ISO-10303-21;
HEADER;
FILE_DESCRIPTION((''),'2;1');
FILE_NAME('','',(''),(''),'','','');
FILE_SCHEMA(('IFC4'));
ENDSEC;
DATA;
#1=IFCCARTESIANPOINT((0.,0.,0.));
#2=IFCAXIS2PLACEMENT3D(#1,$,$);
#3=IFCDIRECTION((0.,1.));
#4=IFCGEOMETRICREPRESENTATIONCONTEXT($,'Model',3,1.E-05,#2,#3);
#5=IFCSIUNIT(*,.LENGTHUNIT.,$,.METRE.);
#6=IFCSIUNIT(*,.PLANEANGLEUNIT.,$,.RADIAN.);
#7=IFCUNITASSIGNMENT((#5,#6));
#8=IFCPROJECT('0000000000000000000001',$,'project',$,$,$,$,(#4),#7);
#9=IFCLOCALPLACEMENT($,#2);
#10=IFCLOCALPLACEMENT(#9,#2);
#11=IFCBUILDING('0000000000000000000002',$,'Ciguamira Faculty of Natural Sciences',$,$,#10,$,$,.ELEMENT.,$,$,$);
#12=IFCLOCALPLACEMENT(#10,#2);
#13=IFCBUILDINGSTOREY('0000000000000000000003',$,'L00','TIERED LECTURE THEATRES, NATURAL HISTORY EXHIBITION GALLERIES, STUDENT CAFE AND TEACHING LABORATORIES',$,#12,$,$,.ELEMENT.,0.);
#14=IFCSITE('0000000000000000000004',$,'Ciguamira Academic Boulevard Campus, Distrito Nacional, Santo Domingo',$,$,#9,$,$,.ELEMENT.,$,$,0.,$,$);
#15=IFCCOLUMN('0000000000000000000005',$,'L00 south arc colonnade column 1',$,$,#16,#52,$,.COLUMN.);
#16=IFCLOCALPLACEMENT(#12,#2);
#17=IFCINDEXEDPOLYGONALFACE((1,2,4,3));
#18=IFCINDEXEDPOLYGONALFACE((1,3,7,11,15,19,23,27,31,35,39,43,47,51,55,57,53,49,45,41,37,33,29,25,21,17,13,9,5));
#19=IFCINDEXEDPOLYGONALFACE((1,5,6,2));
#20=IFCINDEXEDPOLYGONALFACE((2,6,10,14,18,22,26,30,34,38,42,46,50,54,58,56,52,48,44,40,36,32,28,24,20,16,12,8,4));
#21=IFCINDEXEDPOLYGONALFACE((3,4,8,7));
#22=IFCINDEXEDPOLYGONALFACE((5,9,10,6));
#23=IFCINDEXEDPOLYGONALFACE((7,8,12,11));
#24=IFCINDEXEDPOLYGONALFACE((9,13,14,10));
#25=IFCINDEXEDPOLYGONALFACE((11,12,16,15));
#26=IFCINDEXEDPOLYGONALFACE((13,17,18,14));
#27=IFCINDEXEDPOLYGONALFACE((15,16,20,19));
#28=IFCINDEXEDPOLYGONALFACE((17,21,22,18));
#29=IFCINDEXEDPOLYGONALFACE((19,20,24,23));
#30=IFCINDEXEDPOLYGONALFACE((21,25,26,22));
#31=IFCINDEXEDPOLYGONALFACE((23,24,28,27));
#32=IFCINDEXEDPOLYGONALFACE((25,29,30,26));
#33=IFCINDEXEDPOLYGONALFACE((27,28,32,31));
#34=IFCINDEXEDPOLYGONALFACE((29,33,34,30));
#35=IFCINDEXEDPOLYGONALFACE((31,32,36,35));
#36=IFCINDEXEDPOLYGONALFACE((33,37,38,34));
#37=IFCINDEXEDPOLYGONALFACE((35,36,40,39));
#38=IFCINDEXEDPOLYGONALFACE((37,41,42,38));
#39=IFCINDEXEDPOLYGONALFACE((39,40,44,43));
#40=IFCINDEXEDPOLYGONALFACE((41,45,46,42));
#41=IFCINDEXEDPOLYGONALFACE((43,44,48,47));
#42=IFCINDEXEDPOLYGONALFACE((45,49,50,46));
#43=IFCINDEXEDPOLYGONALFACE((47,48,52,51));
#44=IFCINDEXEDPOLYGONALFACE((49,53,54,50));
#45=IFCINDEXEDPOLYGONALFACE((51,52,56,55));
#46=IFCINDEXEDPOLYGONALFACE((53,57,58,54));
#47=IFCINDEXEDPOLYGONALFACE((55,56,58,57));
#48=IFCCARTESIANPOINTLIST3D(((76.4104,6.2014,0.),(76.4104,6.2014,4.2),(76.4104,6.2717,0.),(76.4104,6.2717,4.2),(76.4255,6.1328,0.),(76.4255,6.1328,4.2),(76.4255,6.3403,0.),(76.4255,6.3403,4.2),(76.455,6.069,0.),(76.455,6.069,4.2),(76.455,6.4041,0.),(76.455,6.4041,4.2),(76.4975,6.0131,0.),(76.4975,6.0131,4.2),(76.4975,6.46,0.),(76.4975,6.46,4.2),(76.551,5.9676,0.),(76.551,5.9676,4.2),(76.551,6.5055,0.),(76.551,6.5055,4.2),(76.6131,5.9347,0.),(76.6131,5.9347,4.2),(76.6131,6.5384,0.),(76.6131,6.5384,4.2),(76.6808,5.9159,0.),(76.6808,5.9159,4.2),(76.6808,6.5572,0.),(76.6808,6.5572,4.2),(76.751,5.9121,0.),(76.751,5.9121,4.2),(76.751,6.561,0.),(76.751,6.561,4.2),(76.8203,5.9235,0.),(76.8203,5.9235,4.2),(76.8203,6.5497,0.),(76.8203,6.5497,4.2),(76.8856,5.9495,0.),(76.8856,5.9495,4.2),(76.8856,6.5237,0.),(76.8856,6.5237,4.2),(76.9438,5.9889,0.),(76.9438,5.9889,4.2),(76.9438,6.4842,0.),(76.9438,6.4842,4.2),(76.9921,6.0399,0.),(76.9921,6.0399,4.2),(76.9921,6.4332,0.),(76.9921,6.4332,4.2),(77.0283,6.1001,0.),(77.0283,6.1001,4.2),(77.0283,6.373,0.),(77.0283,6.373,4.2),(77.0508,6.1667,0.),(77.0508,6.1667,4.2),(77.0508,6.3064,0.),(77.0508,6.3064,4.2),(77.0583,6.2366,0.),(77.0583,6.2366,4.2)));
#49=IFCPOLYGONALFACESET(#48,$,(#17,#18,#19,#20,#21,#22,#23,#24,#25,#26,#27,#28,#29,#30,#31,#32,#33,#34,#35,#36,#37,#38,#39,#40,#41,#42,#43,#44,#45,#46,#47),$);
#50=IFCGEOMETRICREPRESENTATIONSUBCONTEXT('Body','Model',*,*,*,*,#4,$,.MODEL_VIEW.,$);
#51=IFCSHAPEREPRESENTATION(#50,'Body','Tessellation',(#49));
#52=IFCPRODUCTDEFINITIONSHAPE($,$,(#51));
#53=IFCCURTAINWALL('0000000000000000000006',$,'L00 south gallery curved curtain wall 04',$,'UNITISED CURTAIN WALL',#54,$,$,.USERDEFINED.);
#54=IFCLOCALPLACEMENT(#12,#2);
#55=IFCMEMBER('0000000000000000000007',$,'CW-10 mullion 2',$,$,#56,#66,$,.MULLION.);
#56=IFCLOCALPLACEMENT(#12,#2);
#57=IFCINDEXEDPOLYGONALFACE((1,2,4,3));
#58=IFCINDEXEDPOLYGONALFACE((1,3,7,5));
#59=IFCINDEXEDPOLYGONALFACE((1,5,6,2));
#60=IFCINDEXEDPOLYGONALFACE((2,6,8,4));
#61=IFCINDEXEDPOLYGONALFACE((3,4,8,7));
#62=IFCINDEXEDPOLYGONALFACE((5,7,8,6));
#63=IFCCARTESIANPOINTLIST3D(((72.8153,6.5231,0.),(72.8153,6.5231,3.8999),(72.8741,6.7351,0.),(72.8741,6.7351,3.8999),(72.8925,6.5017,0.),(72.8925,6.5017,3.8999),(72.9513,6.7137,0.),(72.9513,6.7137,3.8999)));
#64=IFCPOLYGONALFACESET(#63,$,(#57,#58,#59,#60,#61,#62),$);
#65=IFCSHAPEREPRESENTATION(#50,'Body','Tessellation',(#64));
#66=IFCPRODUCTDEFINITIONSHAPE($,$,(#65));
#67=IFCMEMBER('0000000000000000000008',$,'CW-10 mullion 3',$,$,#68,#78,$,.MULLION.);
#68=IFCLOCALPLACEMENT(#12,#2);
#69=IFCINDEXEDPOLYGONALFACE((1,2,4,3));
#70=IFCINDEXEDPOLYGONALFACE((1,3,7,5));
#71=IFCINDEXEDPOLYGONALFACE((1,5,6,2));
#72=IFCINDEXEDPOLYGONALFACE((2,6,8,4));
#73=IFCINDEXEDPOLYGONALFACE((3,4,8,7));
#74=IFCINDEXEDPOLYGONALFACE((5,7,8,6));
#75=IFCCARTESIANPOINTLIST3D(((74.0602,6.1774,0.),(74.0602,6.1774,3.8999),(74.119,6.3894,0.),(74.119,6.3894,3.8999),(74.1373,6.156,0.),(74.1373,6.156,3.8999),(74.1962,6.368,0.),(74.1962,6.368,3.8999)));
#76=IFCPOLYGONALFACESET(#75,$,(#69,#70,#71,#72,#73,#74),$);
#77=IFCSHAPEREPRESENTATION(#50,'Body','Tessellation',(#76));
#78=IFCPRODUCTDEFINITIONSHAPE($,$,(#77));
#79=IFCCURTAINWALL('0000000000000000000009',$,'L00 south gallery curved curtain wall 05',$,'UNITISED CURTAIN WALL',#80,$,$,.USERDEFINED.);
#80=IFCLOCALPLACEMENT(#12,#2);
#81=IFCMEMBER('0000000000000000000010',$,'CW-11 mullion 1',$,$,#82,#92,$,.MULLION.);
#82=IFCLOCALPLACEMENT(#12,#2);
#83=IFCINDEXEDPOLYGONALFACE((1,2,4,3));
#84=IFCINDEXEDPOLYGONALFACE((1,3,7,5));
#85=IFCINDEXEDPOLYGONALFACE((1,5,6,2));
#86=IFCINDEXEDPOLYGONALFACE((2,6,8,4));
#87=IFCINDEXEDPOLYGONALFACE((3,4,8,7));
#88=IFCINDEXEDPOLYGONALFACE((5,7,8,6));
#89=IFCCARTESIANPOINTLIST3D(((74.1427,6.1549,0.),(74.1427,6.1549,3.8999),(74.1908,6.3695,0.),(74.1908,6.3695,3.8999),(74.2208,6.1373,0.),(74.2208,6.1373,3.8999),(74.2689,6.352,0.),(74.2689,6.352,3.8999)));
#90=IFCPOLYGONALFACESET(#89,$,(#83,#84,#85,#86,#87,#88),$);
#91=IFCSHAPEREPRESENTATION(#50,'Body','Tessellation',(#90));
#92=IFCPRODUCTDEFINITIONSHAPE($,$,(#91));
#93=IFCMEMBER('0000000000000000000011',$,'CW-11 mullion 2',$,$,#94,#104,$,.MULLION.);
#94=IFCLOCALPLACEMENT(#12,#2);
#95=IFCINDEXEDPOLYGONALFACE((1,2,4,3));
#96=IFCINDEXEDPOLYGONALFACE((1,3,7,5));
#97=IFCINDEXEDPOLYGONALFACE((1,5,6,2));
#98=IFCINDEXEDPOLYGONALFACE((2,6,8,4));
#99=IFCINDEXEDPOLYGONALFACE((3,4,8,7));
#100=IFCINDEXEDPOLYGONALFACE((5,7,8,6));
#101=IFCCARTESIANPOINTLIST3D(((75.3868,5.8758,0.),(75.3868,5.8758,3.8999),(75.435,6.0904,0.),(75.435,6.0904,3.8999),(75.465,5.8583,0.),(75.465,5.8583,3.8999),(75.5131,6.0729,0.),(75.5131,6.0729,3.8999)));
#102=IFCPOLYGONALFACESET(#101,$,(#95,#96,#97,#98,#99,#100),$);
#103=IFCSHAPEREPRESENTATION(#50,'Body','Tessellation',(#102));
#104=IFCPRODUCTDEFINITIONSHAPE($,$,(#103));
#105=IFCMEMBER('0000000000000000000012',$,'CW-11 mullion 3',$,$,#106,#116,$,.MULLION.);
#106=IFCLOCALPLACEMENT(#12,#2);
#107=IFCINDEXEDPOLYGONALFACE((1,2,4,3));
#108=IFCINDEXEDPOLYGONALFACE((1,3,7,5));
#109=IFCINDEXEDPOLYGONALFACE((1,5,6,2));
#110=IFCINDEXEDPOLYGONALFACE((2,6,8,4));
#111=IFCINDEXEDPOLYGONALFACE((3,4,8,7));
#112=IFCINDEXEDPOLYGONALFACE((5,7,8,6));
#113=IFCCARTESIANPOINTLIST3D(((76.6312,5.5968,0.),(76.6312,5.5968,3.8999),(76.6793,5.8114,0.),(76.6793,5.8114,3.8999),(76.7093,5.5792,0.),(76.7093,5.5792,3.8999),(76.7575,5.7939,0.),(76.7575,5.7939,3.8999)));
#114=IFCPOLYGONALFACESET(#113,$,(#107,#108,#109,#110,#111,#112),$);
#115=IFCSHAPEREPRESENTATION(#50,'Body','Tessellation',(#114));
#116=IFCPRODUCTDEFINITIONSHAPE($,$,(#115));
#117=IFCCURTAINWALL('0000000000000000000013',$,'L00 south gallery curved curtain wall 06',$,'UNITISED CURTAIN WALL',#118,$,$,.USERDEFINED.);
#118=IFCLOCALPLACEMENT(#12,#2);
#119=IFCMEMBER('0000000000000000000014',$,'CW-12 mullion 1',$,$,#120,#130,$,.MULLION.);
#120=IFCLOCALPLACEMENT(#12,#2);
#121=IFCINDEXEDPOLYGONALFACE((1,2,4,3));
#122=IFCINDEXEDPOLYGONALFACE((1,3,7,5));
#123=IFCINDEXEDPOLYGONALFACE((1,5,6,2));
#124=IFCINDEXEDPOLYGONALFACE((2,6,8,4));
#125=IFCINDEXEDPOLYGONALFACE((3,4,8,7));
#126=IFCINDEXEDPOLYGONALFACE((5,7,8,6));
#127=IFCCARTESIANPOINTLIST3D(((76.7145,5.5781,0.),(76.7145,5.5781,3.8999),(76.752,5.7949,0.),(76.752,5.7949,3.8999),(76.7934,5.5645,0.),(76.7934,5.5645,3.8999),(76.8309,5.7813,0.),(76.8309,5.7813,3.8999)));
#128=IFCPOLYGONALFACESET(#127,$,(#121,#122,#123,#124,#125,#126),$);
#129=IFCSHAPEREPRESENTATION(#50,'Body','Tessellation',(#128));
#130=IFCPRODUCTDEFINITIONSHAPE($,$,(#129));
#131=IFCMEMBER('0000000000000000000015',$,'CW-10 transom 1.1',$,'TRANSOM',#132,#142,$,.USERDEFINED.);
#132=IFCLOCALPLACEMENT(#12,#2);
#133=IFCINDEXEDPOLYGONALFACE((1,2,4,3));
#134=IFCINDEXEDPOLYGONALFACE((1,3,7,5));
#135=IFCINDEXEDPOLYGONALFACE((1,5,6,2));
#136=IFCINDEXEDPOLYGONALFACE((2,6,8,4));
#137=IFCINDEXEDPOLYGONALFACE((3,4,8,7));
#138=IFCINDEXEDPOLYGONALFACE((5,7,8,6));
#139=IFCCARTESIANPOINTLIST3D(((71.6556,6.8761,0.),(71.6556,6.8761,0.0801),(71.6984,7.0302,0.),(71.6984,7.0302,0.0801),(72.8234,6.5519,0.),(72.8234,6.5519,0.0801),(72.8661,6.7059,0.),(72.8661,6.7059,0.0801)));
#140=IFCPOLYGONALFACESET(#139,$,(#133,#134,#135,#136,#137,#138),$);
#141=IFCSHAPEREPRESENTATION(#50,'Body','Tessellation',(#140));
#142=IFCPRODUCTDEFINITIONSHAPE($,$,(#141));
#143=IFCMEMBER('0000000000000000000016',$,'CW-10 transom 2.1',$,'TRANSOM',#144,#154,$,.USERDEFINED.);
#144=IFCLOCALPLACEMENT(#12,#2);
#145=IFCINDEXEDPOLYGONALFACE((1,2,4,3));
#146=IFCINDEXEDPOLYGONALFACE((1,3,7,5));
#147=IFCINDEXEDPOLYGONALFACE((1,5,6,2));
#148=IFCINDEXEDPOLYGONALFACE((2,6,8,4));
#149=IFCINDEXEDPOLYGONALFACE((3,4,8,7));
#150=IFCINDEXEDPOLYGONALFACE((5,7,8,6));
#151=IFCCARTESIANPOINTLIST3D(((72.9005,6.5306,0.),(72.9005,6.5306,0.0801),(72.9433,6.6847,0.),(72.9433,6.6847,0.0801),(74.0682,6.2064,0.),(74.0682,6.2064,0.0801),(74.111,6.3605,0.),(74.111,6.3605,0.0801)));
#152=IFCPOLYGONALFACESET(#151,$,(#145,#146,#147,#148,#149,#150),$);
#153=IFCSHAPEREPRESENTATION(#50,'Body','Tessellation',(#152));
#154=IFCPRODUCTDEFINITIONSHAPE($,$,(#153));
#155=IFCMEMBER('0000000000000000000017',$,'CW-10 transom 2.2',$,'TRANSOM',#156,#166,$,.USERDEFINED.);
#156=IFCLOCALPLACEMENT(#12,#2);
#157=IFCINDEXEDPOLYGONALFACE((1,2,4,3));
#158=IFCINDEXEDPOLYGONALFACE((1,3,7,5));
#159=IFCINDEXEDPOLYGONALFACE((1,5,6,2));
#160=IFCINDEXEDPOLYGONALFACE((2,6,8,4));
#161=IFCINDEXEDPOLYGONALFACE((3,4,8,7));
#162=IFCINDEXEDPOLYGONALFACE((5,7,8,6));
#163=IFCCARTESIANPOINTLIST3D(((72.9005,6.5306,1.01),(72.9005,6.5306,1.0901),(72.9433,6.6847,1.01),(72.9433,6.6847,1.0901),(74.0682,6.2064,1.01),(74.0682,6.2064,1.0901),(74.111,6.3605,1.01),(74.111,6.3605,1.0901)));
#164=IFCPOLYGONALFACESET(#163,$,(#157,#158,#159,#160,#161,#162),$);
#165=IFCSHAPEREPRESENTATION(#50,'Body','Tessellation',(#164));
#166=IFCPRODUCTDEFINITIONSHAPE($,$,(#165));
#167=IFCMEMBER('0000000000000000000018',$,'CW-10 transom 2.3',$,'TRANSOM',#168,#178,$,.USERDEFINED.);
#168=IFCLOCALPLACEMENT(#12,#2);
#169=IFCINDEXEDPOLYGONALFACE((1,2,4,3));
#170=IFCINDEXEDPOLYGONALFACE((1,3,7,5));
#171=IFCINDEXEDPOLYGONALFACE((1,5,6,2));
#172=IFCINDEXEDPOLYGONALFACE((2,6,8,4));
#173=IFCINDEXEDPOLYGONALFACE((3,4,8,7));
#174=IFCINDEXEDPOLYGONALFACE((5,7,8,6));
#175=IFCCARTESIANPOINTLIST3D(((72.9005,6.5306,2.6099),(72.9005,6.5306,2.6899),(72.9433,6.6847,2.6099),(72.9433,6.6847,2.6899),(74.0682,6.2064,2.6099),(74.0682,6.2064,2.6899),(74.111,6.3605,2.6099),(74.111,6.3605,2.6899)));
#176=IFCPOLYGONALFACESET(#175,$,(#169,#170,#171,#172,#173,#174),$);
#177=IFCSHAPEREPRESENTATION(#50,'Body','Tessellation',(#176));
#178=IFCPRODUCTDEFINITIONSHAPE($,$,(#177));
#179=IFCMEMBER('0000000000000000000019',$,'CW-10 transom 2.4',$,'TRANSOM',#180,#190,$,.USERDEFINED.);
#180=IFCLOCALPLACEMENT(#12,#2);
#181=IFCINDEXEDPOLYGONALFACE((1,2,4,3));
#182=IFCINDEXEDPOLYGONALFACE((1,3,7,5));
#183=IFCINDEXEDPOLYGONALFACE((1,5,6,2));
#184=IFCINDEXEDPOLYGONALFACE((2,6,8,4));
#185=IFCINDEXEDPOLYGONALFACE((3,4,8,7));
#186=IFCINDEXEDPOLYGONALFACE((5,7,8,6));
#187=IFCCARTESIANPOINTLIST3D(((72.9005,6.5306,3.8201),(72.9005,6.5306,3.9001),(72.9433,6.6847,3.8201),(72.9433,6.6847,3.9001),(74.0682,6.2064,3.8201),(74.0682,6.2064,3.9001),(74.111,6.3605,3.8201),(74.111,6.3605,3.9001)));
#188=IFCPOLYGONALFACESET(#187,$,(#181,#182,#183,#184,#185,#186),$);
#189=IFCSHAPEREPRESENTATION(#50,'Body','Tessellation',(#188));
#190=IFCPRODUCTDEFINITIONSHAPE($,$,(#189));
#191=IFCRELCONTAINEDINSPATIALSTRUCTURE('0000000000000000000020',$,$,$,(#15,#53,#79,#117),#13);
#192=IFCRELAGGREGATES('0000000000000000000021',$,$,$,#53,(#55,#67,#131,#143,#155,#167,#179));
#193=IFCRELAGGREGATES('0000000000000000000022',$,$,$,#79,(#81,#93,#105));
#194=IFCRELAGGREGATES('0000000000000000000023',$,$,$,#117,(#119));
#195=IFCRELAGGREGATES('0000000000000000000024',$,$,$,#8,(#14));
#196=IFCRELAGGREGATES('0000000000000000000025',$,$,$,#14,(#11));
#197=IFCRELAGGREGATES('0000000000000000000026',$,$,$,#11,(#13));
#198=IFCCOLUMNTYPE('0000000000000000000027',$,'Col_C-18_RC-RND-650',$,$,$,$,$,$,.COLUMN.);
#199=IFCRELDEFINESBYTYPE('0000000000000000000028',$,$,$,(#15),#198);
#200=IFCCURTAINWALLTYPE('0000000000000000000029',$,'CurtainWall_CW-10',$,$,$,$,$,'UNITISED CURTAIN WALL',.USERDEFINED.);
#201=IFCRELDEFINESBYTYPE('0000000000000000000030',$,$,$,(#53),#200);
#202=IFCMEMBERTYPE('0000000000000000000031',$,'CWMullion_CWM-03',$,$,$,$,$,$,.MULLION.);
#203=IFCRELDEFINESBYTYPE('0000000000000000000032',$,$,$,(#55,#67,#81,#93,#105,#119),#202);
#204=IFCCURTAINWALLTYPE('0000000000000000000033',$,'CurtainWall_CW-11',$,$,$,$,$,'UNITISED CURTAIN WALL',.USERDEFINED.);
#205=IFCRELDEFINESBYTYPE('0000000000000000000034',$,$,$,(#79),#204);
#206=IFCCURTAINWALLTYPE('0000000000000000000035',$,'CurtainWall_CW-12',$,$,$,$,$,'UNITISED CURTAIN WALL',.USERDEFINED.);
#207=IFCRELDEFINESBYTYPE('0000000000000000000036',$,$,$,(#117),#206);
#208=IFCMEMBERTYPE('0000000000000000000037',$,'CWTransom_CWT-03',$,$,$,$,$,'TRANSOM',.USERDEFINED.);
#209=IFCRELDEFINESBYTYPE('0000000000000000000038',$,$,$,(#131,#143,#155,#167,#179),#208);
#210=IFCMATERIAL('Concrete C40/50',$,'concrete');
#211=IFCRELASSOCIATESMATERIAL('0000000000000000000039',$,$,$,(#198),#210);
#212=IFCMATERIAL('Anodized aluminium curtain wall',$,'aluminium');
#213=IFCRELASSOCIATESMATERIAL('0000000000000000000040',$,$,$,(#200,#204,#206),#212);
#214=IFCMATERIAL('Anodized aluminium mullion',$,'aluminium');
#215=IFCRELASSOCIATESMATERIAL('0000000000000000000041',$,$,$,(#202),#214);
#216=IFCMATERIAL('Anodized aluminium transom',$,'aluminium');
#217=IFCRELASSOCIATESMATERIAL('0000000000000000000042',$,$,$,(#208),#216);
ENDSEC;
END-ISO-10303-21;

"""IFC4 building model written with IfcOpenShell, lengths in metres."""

from ifc_helpers import new_model, si_unit, direction, frame, origin, origin_2d, place, context, subcontext, project, spatial, rectangle, circle, extrude, material, material_profile, profile_set, type_object, element, aggregate, save


model = new_model("IFC4")

# Units and contexts
model_context = context("Model", 3, precision=1e-05, world=origin(), true_north=direction((0.0, 1.0)))
body_context = subcontext(model_context, "Body", "Model", "MODEL_VIEW")
ifc_project = project(units=[si_unit("LENGTHUNIT", "METRE"), si_unit("PLANEANGLEUNIT", "RADIAN")], contexts=[model_context])

# Site, building, storey
site_placement = place(None, origin())
site = spatial("IfcSite", under=ifc_project, at=site_placement, Name="Ciguamira Academic Boulevard Campus, Distrito Nacional, Santo Domingo", CompositionType="ELEMENT", RefElevation=0.0)
building_placement = place(site_placement, origin())
building = spatial("IfcBuilding", under=site, at=building_placement, Name="Ciguamira Faculty of Natural Sciences", CompositionType="ELEMENT")
storey_placement = place(building_placement, origin())
storey = spatial("IfcBuildingStorey", under=building, at=storey_placement, Name="L00", Description="TIERED LECTURE THEATRES, NATURAL HISTORY EXHIBITION GALLERIES, STUDENT CAFE AND TEACHING LABORATORIES", CompositionType="ELEMENT", Elevation=0.0)

# Column
ifc_material_1 = material(Name="Concrete C40/50", Category="concrete")
ifc_material_profile_1 = material_profile(ifc_material_1, circle(Radius=0.325, at=origin_2d()), Name="RC-RND-650")
ifc_profile_set_1 = profile_set([ifc_material_profile_1], Name="Concrete C40/50")
column_type = type_object("IfcColumnType", Name="Col_C-18_RC-RND-650", PredefinedType="COLUMN", material=ifc_profile_set_1)
column_placement = place(storey_placement, frame((76.7334, 6.2366, 0.0), z_axis=(0.0, 0.0, 1.0), x_axis=(1.0, 0.0, 0.0)))
element("IfcColumn", 1, at=column_placement, inside=storey, type_object=column_type, Name="L00 south arc colonnade column 1", PredefinedType="COLUMN", context=body_context, shape_type="SweptSolid", body=[
    extrude(circle(Radius=0.325, at=origin_2d()), origin(), (0.0, 0.0, 1.0), 4.2),
])

# Curtain walls, members
ifc_material_2 = material(Name="Anodized aluminium curtain wall", Category="aluminium")
curtain_wall_type_1 = type_object("IfcCurtainWallType", Name="CurtainWall_CW-10", ElementType="UNITISED CURTAIN WALL", PredefinedType="USERDEFINED", material=ifc_material_2)
curtain_wall_1_placement = place(storey_placement, origin())
curtain_wall_1 = element("IfcCurtainWall", 2, at=curtain_wall_1_placement, inside=storey, type_object=curtain_wall_type_1, Name="L00 south gallery curved curtain wall 04", ObjectType="UNITISED CURTAIN WALL", PredefinedType="USERDEFINED")
ifc_material_3 = material(Name="Anodized aluminium mullion", Category="aluminium")
ifc_material_profile_2 = material_profile(ifc_material_3, rectangle(XDim=0.0801, YDim=0.22, at=origin_2d()), Name="ALU-MUL-80X220")
ifc_profile_set_2 = profile_set([ifc_material_profile_2], Name="Anodized aluminium mullion")
member_type_1 = type_object("IfcMemberType", Name="CWMullion_CWM-03", PredefinedType="MULLION", material=ifc_profile_set_2)
member_1_placement = place(storey_placement, frame((72.8833, 6.6184, 0.0), z_axis=(0.0, 0.0, 1.0), x_axis=(0.963573, -0.267444, 0.0)))
member_1 = element("IfcMember", 3, at=member_1_placement, type_object=member_type_1, Name="CW-10 mullion 2", PredefinedType="MULLION", context=body_context, shape_type="SweptSolid", body=[
    extrude(rectangle(XDim=0.0801, YDim=0.22, at=origin_2d()), origin(), (0.0, 0.0, 1.0), 3.8999),
])
member_2_placement = place(storey_placement, frame((74.1282, 6.2727, 0.0), z_axis=(0.0, 0.0, 1.0), x_axis=(0.963573, -0.267444, 0.0)))
member_2 = element("IfcMember", 4, at=member_2_placement, type_object=member_type_1, Name="CW-10 mullion 3", PredefinedType="MULLION", context=body_context, shape_type="SweptSolid", body=[
    extrude(rectangle(XDim=0.0801, YDim=0.22, at=origin_2d()), origin(), (0.0, 0.0, 1.0), 3.8999),
])
curtain_wall_type_2 = type_object("IfcCurtainWallType", Name="CurtainWall_CW-11", ElementType="UNITISED CURTAIN WALL", PredefinedType="USERDEFINED", material=ifc_material_2)
curtain_wall_2_placement = place(storey_placement, origin())
curtain_wall_2 = element("IfcCurtainWall", 5, at=curtain_wall_2_placement, inside=storey, type_object=curtain_wall_type_2, Name="L00 south gallery curved curtain wall 05", ObjectType="UNITISED CURTAIN WALL", PredefinedType="USERDEFINED")
member_3_placement = place(storey_placement, frame((74.2058, 6.2534, 0.0), z_axis=(0.0, 0.0, 1.0), x_axis=(0.975763, -0.21883, 0.0)))
member_3 = element("IfcMember", 6, at=member_3_placement, type_object=member_type_1, Name="CW-11 mullion 1", PredefinedType="MULLION", context=body_context, shape_type="SweptSolid", body=[
    extrude(rectangle(XDim=0.0801, YDim=0.22, at=origin_2d()), origin(), (0.0, 0.0, 1.0), 3.8999),
])
member_4_placement = place(storey_placement, frame((75.45, 5.9744, 0.0), z_axis=(0.0, 0.0, 1.0), x_axis=(0.975763, -0.21883, 0.0)))
member_4 = element("IfcMember", 7, at=member_4_placement, type_object=member_type_1, Name="CW-11 mullion 2", PredefinedType="MULLION", context=body_context, shape_type="SweptSolid", body=[
    extrude(rectangle(XDim=0.0801, YDim=0.22, at=origin_2d()), origin(), (0.0, 0.0, 1.0), 3.8999),
])
member_5_placement = place(storey_placement, frame((76.6943, 5.6953, 0.0), z_axis=(0.0, 0.0, 1.0), x_axis=(0.975763, -0.21883, 0.0)))
member_5 = element("IfcMember", 8, at=member_5_placement, type_object=member_type_1, Name="CW-11 mullion 3", PredefinedType="MULLION", context=body_context, shape_type="SweptSolid", body=[
    extrude(rectangle(XDim=0.0801, YDim=0.22, at=origin_2d()), origin(), (0.0, 0.0, 1.0), 3.8999),
])

# Curtain wall, member
curtain_wall_type_3 = type_object("IfcCurtainWallType", Name="CurtainWall_CW-12", ElementType="UNITISED CURTAIN WALL", PredefinedType="USERDEFINED", material=ifc_material_2)
curtain_wall_3_placement = place(storey_placement, origin())
curtain_wall_3 = element("IfcCurtainWall", 9, at=curtain_wall_3_placement, inside=storey, type_object=curtain_wall_type_3, Name="L00 south gallery curved curtain wall 06", ObjectType="UNITISED CURTAIN WALL", PredefinedType="USERDEFINED")
member_6_placement = place(storey_placement, frame((76.7727, 5.6797, 0.0), z_axis=(0.0, 0.0, 1.0), x_axis=(0.985411, -0.170192, 0.0)))
member_6 = element("IfcMember", 10, at=member_6_placement, type_object=member_type_1, Name="CW-12 mullion 1", PredefinedType="MULLION", context=body_context, shape_type="SweptSolid", body=[
    extrude(rectangle(XDim=0.0801, YDim=0.22, at=origin_2d()), origin(), (0.0, 0.0, 1.0), 3.8999),
])

# Members
ifc_material_4 = material(Name="Anodized aluminium transom", Category="aluminium")
ifc_material_profile_3 = material_profile(ifc_material_4, rectangle(XDim=0.0801, YDim=0.1599, at=origin_2d()), Name="ALU-TRN-80X160")
ifc_profile_set_3 = profile_set([ifc_material_profile_3], Name="Anodized aluminium transom")
member_type_2 = type_object("IfcMemberType", Name="CWTransom_CWT-03", ElementType="TRANSOM", PredefinedType="USERDEFINED", material=ifc_profile_set_3)
member_7_placement = place(storey_placement, frame((71.677, 6.9531, 0.04), z_axis=(0.96355, -0.26753, 0.0), x_axis=(0.0, 0.0, 1.0)))
member_7 = element("IfcMember", 11, at=member_7_placement, type_object=member_type_2, Name="CW-10 transom 1.1", ObjectType="TRANSOM", PredefinedType="USERDEFINED", context=body_context, shape_type="SweptSolid", body=[
    extrude(rectangle(XDim=0.0801, YDim=0.1599, at=origin_2d()), origin(), (0.0, 0.0, 1.0), 1.2119),
])
member_8_placement = place(storey_placement, frame((72.9219, 6.6077, 0.04), z_axis=(0.96355, -0.26753, 0.0), x_axis=(0.0, 0.0, 1.0)))
member_8 = element("IfcMember", 12, at=member_8_placement, type_object=member_type_2, Name="CW-10 transom 2.1", ObjectType="TRANSOM", PredefinedType="USERDEFINED", context=body_context, shape_type="SweptSolid", body=[
    extrude(rectangle(XDim=0.0801, YDim=0.1599, at=origin_2d()), origin(), (0.0, 0.0, 1.0), 1.2119),
])
member_9_placement = place(storey_placement, frame((72.9219, 6.6077, 1.05), z_axis=(0.96355, -0.26753, 0.0), x_axis=(0.0, 0.0, 1.0)))
member_9 = element("IfcMember", 13, at=member_9_placement, type_object=member_type_2, Name="CW-10 transom 2.2", ObjectType="TRANSOM", PredefinedType="USERDEFINED", context=body_context, shape_type="SweptSolid", body=[
    extrude(rectangle(XDim=0.0801, YDim=0.1599, at=origin_2d()), origin(), (0.0, 0.0, 1.0), 1.2119),
])
member_10_placement = place(storey_placement, frame((72.9219, 6.6077, 2.6499), z_axis=(0.96355, -0.26753, 0.0), x_axis=(0.0, 0.0, 1.0)))
member_10 = element("IfcMember", 14, at=member_10_placement, type_object=member_type_2, Name="CW-10 transom 2.3", ObjectType="TRANSOM", PredefinedType="USERDEFINED", context=body_context, shape_type="SweptSolid", body=[
    extrude(rectangle(XDim=0.0801, YDim=0.1599, at=origin_2d()), origin(), (0.0, 0.0, 1.0), 1.2119),
])
member_11_placement = place(storey_placement, frame((72.9219, 6.6077, 3.8601), z_axis=(0.96355, -0.26753, 0.0), x_axis=(0.0, 0.0, 1.0)))
member_11 = element("IfcMember", 15, at=member_11_placement, type_object=member_type_2, Name="CW-10 transom 2.4", ObjectType="TRANSOM", PredefinedType="USERDEFINED", context=body_context, shape_type="SweptSolid", body=[
    extrude(rectangle(XDim=0.0801, YDim=0.1599, at=origin_2d()), origin(), (0.0, 0.0, 1.0), 1.2119),
])

aggregate(curtain_wall_1, [member_1, member_2, member_7, member_8, member_9, member_10, member_11])
aggregate(curtain_wall_2, [member_3, member_4, member_5])
aggregate(curtain_wall_3, [member_6])

save(model, "model.ifc")
